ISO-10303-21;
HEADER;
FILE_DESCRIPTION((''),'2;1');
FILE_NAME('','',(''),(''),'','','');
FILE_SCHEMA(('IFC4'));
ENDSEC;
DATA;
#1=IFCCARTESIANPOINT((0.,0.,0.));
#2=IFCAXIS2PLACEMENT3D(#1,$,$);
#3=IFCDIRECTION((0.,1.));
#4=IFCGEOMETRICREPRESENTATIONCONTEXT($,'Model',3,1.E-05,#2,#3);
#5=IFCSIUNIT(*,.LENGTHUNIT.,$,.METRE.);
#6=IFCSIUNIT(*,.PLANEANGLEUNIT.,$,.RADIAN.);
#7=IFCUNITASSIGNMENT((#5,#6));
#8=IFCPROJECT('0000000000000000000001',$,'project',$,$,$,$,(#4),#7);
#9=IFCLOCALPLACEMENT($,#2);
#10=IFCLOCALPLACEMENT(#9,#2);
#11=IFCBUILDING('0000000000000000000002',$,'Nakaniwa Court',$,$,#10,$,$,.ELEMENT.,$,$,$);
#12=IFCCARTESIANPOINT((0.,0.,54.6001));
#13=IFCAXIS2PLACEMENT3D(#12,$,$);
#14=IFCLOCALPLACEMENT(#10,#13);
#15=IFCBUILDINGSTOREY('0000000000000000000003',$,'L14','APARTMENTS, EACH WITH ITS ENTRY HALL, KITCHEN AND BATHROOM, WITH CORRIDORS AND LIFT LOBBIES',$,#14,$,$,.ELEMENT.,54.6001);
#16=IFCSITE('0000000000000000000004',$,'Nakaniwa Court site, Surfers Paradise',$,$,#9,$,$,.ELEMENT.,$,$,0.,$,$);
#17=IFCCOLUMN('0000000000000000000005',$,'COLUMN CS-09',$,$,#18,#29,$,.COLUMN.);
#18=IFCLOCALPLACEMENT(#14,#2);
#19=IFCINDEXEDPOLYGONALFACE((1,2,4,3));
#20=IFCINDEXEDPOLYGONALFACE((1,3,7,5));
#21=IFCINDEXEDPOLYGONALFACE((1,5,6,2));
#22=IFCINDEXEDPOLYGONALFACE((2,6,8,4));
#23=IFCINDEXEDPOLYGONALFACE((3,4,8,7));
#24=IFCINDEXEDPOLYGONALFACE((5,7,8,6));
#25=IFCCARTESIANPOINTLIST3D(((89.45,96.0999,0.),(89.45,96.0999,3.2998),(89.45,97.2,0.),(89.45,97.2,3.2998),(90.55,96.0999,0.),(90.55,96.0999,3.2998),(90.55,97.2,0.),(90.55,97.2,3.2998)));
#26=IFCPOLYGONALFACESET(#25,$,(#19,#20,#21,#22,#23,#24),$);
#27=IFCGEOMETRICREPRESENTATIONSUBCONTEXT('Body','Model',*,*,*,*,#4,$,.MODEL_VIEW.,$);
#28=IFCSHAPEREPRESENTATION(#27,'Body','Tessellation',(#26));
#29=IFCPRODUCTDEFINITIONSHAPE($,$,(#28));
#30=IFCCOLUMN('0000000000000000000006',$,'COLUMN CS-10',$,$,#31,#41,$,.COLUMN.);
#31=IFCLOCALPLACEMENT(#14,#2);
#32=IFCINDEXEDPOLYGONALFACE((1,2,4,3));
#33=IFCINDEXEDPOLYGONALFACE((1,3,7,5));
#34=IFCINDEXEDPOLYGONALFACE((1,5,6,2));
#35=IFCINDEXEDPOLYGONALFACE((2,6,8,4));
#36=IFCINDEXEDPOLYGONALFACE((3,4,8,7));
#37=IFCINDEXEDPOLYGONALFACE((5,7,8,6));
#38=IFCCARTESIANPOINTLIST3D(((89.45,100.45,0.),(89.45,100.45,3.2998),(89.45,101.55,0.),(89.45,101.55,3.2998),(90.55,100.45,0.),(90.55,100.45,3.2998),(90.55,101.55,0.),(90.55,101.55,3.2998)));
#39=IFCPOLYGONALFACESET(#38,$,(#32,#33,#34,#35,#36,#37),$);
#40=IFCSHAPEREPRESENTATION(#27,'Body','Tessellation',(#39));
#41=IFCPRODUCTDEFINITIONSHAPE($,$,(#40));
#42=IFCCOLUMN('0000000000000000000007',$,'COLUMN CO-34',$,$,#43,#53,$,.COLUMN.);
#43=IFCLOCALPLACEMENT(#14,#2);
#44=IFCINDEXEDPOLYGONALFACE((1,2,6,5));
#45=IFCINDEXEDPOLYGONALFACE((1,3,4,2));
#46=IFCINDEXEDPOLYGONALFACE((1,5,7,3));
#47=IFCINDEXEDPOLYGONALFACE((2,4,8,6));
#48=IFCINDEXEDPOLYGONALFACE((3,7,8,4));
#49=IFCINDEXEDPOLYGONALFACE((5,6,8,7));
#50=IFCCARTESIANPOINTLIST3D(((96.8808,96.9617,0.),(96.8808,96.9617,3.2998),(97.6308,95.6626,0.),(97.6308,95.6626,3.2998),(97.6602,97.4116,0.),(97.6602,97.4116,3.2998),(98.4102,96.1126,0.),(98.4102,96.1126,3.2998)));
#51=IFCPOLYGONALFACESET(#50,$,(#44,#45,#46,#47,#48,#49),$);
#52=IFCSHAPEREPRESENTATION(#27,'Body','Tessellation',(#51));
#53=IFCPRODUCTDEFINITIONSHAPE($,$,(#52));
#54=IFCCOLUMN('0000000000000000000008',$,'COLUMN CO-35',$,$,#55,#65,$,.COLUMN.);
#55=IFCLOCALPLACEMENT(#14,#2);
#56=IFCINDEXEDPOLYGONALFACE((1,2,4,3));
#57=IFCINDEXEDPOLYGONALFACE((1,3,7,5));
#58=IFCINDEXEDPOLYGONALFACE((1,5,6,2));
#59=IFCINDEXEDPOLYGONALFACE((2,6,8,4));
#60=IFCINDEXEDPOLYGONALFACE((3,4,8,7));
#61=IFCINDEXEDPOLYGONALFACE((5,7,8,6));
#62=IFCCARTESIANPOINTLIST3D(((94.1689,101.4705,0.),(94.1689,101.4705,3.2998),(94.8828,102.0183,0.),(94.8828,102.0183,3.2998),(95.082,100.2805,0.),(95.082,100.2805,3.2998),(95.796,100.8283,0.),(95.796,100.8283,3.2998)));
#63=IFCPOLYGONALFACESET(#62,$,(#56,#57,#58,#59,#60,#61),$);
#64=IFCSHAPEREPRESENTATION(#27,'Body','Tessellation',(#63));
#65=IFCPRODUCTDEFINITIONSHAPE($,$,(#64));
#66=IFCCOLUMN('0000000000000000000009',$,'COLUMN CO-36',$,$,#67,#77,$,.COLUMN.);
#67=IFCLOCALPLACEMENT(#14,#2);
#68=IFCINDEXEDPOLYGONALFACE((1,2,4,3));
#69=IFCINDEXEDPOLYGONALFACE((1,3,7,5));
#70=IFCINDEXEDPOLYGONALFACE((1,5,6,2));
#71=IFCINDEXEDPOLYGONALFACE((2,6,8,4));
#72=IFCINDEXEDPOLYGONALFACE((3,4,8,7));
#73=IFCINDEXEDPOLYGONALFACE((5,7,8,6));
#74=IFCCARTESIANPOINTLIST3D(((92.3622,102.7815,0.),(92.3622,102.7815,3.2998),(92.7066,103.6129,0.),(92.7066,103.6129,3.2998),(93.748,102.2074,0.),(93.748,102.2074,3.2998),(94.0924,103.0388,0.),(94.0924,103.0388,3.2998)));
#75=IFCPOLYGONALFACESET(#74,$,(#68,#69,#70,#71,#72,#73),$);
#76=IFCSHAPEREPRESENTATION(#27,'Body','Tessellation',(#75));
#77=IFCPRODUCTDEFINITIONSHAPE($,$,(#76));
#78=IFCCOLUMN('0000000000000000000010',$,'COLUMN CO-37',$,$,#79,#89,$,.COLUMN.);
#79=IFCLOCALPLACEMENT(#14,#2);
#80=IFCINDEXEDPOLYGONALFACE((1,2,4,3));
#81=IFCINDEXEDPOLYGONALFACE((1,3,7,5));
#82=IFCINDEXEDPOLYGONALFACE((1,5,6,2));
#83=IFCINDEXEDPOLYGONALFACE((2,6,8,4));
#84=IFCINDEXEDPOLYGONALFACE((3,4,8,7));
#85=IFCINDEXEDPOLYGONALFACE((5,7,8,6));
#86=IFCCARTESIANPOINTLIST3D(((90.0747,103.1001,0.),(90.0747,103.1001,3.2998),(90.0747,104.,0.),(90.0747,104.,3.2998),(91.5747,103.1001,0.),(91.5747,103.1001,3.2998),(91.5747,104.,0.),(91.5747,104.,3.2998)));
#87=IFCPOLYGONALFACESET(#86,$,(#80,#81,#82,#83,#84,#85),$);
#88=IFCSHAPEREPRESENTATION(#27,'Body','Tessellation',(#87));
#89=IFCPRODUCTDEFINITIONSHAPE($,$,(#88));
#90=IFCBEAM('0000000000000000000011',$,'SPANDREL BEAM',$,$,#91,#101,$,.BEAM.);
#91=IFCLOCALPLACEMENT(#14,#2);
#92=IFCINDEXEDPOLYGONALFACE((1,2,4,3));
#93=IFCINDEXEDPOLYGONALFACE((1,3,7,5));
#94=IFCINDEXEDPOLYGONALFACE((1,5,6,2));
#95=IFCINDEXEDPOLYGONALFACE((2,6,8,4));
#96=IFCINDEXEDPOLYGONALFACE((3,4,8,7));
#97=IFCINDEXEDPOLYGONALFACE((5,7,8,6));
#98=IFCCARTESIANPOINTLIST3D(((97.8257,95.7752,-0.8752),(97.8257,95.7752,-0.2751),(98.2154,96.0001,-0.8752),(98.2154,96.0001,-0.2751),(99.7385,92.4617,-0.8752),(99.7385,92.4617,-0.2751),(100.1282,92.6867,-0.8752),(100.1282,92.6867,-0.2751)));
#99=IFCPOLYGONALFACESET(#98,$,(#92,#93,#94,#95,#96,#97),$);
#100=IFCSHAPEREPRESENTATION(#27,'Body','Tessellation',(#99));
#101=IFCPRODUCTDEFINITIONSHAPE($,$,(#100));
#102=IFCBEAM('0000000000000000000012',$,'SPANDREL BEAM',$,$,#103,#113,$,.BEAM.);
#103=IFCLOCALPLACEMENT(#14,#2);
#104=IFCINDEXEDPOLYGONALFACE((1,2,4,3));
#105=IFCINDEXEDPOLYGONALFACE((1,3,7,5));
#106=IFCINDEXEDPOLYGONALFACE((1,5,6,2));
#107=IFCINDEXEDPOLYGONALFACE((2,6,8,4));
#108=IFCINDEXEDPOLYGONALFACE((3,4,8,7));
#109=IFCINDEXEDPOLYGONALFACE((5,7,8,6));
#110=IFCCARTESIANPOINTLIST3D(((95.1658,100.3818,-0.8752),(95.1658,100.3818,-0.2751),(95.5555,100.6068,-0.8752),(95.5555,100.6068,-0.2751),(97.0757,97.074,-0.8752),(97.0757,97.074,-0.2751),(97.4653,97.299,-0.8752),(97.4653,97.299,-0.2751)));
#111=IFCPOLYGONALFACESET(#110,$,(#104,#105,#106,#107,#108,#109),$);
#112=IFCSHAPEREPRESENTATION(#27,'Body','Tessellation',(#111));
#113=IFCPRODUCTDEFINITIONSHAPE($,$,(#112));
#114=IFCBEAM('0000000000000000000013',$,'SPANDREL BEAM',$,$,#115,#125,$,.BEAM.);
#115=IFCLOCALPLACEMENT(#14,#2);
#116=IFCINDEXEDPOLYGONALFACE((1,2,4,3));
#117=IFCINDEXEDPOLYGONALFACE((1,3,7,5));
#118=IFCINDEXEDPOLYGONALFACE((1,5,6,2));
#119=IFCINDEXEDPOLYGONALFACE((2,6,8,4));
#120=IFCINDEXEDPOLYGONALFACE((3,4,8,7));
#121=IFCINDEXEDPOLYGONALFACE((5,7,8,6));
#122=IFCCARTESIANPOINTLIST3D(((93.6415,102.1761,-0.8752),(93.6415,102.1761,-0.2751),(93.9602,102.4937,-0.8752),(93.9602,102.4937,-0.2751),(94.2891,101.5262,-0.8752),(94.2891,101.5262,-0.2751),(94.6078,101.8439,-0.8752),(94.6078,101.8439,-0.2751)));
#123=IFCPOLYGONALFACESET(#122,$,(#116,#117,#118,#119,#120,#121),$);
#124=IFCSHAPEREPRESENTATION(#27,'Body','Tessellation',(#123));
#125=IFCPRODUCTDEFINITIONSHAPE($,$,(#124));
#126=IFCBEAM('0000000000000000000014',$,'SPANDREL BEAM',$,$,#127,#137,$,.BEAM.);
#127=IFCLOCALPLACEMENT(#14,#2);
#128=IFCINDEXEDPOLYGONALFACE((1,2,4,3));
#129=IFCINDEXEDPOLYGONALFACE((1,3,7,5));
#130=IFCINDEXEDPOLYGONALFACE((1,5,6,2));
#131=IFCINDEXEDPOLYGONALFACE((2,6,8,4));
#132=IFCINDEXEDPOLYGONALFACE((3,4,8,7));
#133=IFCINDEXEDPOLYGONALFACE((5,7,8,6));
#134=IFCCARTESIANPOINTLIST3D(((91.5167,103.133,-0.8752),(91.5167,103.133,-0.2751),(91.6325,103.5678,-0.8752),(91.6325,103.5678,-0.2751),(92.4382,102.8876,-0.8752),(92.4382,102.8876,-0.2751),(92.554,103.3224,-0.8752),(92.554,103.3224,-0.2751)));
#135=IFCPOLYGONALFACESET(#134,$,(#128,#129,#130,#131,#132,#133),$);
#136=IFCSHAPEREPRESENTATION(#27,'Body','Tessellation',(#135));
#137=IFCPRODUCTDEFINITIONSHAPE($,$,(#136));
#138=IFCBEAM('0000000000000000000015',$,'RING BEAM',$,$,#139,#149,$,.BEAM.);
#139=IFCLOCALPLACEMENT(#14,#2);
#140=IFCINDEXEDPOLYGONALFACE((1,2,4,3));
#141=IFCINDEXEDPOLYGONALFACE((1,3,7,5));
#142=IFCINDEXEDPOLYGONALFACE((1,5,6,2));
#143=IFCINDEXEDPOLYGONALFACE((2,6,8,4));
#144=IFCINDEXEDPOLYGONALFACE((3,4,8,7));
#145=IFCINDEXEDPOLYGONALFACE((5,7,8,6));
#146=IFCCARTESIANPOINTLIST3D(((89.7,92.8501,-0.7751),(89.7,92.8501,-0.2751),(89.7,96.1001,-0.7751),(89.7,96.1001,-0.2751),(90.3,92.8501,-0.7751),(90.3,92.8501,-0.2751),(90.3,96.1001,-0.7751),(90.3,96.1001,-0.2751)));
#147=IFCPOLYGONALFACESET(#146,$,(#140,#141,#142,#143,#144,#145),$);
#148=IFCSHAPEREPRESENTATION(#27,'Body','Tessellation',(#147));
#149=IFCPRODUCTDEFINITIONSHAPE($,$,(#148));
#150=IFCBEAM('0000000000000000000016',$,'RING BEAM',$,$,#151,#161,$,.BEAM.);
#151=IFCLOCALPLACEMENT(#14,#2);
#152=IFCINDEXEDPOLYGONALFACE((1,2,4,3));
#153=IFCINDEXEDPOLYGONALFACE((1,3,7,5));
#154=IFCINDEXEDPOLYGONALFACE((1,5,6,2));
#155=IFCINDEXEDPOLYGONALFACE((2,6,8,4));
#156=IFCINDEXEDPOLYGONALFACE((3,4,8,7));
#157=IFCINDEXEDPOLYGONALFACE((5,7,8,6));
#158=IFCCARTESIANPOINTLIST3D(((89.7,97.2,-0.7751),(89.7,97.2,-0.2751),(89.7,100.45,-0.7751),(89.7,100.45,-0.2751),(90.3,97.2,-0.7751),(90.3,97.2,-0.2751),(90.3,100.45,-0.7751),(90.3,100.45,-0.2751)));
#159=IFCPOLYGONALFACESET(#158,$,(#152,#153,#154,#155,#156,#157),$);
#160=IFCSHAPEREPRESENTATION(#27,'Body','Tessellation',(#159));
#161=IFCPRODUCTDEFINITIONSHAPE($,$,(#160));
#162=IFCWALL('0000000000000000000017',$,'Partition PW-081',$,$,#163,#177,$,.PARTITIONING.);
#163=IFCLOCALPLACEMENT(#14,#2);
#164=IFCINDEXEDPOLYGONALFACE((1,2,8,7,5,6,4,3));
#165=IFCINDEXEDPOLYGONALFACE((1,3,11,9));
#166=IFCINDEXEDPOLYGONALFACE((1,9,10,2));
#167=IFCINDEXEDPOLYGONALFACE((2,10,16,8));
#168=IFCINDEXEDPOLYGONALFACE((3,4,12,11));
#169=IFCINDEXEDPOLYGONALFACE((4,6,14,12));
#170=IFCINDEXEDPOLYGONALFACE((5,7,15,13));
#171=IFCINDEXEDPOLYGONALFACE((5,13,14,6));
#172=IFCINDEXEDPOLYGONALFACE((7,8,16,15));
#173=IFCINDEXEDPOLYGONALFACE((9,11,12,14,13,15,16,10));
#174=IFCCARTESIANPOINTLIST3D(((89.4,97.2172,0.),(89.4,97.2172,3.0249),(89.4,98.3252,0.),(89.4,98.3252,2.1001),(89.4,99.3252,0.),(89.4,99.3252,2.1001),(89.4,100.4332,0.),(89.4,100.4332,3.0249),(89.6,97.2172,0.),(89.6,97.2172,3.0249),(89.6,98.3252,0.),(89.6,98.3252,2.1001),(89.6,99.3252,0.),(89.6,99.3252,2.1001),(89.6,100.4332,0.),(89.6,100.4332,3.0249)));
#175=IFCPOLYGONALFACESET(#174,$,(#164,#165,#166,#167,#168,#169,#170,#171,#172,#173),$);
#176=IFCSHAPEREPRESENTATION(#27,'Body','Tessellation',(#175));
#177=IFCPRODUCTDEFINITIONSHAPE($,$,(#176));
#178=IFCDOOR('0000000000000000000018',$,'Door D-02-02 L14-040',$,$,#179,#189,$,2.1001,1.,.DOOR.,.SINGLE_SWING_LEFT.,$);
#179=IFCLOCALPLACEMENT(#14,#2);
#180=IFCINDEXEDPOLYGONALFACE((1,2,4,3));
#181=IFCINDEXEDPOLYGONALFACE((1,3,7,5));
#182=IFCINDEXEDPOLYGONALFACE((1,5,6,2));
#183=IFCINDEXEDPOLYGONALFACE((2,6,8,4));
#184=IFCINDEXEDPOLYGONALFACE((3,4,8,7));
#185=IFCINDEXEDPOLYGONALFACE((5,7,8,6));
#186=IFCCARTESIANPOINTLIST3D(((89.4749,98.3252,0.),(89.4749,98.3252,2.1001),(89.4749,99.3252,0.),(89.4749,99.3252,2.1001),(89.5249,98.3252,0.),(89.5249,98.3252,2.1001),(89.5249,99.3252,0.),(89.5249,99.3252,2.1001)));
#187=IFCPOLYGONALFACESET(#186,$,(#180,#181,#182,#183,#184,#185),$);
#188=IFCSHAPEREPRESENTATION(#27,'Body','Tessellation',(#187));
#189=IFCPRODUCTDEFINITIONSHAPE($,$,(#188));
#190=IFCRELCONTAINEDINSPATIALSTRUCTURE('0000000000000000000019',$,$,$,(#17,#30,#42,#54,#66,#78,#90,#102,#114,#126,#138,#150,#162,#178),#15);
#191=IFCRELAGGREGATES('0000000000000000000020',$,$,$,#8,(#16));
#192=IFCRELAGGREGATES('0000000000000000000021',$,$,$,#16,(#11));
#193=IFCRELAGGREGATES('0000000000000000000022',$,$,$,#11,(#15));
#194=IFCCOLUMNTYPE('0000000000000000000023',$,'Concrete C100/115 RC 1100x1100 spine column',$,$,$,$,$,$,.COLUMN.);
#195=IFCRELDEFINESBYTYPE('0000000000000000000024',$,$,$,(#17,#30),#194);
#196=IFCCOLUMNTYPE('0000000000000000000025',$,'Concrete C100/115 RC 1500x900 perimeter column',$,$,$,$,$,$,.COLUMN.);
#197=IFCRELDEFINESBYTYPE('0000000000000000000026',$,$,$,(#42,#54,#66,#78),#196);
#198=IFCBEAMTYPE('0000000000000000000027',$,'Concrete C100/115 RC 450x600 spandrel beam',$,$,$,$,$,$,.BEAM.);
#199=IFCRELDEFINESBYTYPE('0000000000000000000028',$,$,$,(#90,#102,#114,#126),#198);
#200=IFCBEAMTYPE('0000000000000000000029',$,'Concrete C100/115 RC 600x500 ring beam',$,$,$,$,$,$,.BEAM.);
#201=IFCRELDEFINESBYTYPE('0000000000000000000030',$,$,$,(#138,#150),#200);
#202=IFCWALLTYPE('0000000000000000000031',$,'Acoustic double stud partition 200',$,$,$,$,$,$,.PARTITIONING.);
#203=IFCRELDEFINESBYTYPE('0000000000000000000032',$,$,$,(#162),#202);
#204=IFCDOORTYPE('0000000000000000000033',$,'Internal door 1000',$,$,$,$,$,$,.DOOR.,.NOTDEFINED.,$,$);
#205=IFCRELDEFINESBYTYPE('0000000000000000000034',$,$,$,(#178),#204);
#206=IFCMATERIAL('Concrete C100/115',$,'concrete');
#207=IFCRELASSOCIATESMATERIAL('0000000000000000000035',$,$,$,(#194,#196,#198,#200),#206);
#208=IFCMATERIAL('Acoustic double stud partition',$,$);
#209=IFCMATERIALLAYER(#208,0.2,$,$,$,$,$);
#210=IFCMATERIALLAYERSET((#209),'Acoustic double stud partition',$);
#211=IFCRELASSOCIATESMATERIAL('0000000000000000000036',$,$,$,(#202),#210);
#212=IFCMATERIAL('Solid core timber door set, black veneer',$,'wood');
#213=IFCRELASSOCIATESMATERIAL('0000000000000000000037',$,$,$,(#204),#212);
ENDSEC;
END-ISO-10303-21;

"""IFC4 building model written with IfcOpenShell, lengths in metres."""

from ifc_helpers import new_model, si_unit, direction, frame, frame_2d, origin, origin_2d, place, context, subcontext, project, spatial, rectangle, extrude, material, layer, layer_set, material_profile, profile_set, type_object, element, fill, save


model = new_model("IFC4")

# Units and contexts
model_context = context("Model", 3, precision=1e-05, world=origin(), true_north=direction((0.0, 1.0)))
body_context = subcontext(model_context, "Body", "Model", "MODEL_VIEW")
ifc_project = project(units=[si_unit("LENGTHUNIT", "METRE"), si_unit("PLANEANGLEUNIT", "RADIAN")], contexts=[model_context])

# Site, building, storey
site_placement = place(None, origin())
site = spatial("IfcSite", under=ifc_project, at=site_placement, Name="Nakaniwa Court site, Surfers Paradise", CompositionType="ELEMENT", RefElevation=0.0)
building_placement = place(site_placement, origin())
building = spatial("IfcBuilding", under=site, at=building_placement, Name="Nakaniwa Court", CompositionType="ELEMENT")
storey_placement = place(building_placement, frame((0.0, 0.0, 54.6001)))
storey = spatial("IfcBuildingStorey", under=building, at=storey_placement, Name="L14", Description="APARTMENTS, EACH WITH ITS ENTRY HALL, KITCHEN AND BATHROOM, WITH CORRIDORS AND LIFT LOBBIES", CompositionType="ELEMENT", Elevation=54.6001)

# Columns
ifc_material_1 = material(Name="Concrete C100/115", Category="concrete")
ifc_material_profile_1 = material_profile(ifc_material_1, rectangle(XDim=1.1001, YDim=1.1001, at=origin_2d()), Name="Concrete C100/115 RC 1100x1100 spine column")
ifc_profile_set_1 = profile_set([ifc_material_profile_1], Name="Concrete C100/115")
column_type_1 = type_object("IfcColumnType", Name="Concrete C100/115 RC 1100x1100 spine column", PredefinedType="COLUMN", material=ifc_profile_set_1)
for number, where, z_axis, x_axis, name in (
    (1, (90.0, 96.6499, 0.0), (0.0, 0.0, 1.0), (0.0, 1.0, 0.0), "COLUMN CS-09"),
    (2, (90.0, 101.0, 0.0), (0.0, 0.0, 1.0), (0.0, 1.0, 0.0), "COLUMN CS-10"),
):
    element("IfcColumn", number, at=place(storey_placement, frame(where, z_axis=z_axis, x_axis=x_axis)), inside=storey, type_object=column_type_1, Name=name, PredefinedType="COLUMN", context=body_context, shape_type="SweptSolid", body=[
        extrude(rectangle(XDim=1.1001, YDim=1.1001, at=origin_2d()), origin(), (0.0, 0.0, 1.0), 3.2998),
    ])
ifc_material_profile_2 = material_profile(ifc_material_1, rectangle(XDim=1.5, YDim=0.8999, at=origin_2d()), Name="Concrete C100/115 RC 1500x900 perimeter column")
ifc_profile_set_2 = profile_set([ifc_material_profile_2], Name="Concrete C100/115")
column_type_2 = type_object("IfcColumnType", Name="Concrete C100/115 RC 1500x900 perimeter column", PredefinedType="COLUMN", material=ifc_profile_set_2)
for number, where, z_axis, x_axis, name in (
    (3, (97.6455, 96.5371, 0.0), (0.0, 0.0, 1.0), (-0.5, 0.866025, 0.0), "COLUMN CO-34"),
    (4, (94.9824, 101.1494, 0.0), (0.0, 0.0, 1.0), (-0.608761, 0.793353, 0.0), "COLUMN CO-35"),
    (5, (93.2273, 102.9102, 0.0), (0.0, 0.0, 1.0), (-0.92388, 0.382683, 0.0), "COLUMN CO-36"),
    (6, (90.8247, 103.55, 0.0), (0.0, 0.0, 1.0), (-1.0, 0.0, 0.0), "COLUMN CO-37"),
):
    element("IfcColumn", number, at=place(storey_placement, frame(where, z_axis=z_axis, x_axis=x_axis)), inside=storey, type_object=column_type_2, Name=name, PredefinedType="COLUMN", context=body_context, shape_type="SweptSolid", body=[
        extrude(rectangle(XDim=1.5, YDim=0.8999, at=origin_2d()), origin(), (0.0, 0.0, 1.0), 3.2998),
    ])

# Beams
ifc_material_profile_3 = material_profile(ifc_material_1, rectangle(XDim=0.45, YDim=0.6001, at=origin_2d()), Name="Concrete C100/115 RC 450x600 spandrel beam")
ifc_profile_set_3 = profile_set([ifc_material_profile_3], Name="Concrete C100/115")
beam_type_1 = type_object("IfcBeamType", Name="Concrete C100/115 RC 450x600 spandrel beam", PredefinedType="BEAM", material=ifc_profile_set_3)
beam_1_placement = place(storey_placement, frame((99.9333, 92.5742, -0.5752), z_axis=(-0.499962, 0.866047, 0.0), x_axis=(-0.866047, -0.499962, 0.0)))
element("IfcBeam", 7, at=beam_1_placement, inside=storey, type_object=beam_type_1, Name="SPANDREL BEAM", PredefinedType="BEAM", context=body_context, shape_type="SweptSolid", body=[
    extrude(rectangle(XDim=0.45, YDim=0.6001, at=origin_2d()), origin(), (0.0, 0.0, 1.0), 3.8259),
])
beam_2_placement = place(storey_placement, frame((97.2705, 97.1865, -0.5752), z_axis=(-0.500023, 0.866012, 0.0), x_axis=(-0.866012, -0.500023, 0.0)))
element("IfcBeam", 8, at=beam_2_placement, inside=storey, type_object=beam_type_1, Name="SPANDREL BEAM", PredefinedType="BEAM", context=body_context, shape_type="SweptSolid", body=[
    extrude(rectangle(XDim=0.45, YDim=0.6001, at=origin_2d()), origin(), (0.0, 0.0, 1.0), 3.8196),
])
beam_3_placement = place(storey_placement, frame((94.4485, 101.6851, -0.5752), z_axis=(-0.705908, 0.708303, 0.0), x_axis=(-0.708303, -0.705908, 0.0)))
element("IfcBeam", 9, at=beam_3_placement, inside=storey, type_object=beam_type_1, Name="SPANDREL BEAM", PredefinedType="BEAM", context=body_context, shape_type="SweptSolid", body=[
    extrude(rectangle(XDim=0.45, YDim=0.6001, at=origin_2d()), origin(), (0.0, 0.0, 1.0), 0.9175),
])
beam_4_placement = place(storey_placement, frame((92.4961, 103.105, -0.5752), z_axis=(-0.966324, 0.257328, 0.0), x_axis=(-0.257328, -0.966324, 0.0)))
element("IfcBeam", 10, at=beam_4_placement, inside=storey, type_object=beam_type_1, Name="SPANDREL BEAM", PredefinedType="BEAM", context=body_context, shape_type="SweptSolid", body=[
    extrude(rectangle(XDim=0.45, YDim=0.6001, at=origin_2d()), origin(), (0.0, 0.0, 1.0), 0.9536),
])
ifc_material_profile_4 = material_profile(ifc_material_1, rectangle(XDim=0.6001, YDim=0.5, at=origin_2d()), Name="Concrete C100/115 RC 600x500 ring beam")
ifc_profile_set_4 = profile_set([ifc_material_profile_4], Name="Concrete C100/115")
beam_type_2 = type_object("IfcBeamType", Name="Concrete C100/115 RC 600x500 ring beam", PredefinedType="BEAM", material=ifc_profile_set_4)
for number, where, z_axis, x_axis, name in (
    (11, (90.0, 92.8501, -0.5251), (0.0, 1.0, 0.0), (-1.0, 0.0, 0.0), "RING BEAM"),
    (12, (90.0, 97.2, -0.5251), (0.0, 1.0, 0.0), (-1.0, 0.0, 0.0), "RING BEAM"),
):
    element("IfcBeam", number, at=place(storey_placement, frame(where, z_axis=z_axis, x_axis=x_axis)), inside=storey, type_object=beam_type_2, Name=name, PredefinedType="BEAM", context=body_context, shape_type="SweptSolid", body=[
        extrude(rectangle(XDim=0.6001, YDim=0.5, at=origin_2d()), origin(), (0.0, 0.0, 1.0), 3.25),
    ])

# Wall, opening, door
ifc_material_2 = material(Name="Acoustic double stud partition")
ifc_layer_1 = layer(ifc_material_2, 0.2)
ifc_layer_set_1 = layer_set([ifc_layer_1], Name="Acoustic double stud partition")
wall_type_1 = type_object("IfcWallType", Name="Acoustic double stud partition 200", PredefinedType="PARTITIONING", material=ifc_layer_set_1)
wall_1_placement = place(storey_placement, frame((89.5, 100.4331, 0.0), z_axis=(0.0, 0.0, 1.0), x_axis=(0.0, -1.0, 0.0)))
wall_1 = element("IfcWall", 13, at=wall_1_placement, inside=storey, type_object=wall_type_1, Name="Partition PW-081", PredefinedType="PARTITIONING", context=body_context, shape_type="SweptSolid", body=[
    extrude(rectangle(XDim=3.2161, YDim=0.2, at=frame_2d((1.6079, 0.0))), origin(), (0.0, 0.0, 1.0), 3.0249),
])
opening_1_placement = place(wall_1_placement, frame((1.1079, 0.0, 0.0)))
opening_1 = element("IfcOpeningElement", 14, at=opening_1_placement, cuts=wall_1, PredefinedType="OPENING", context=body_context, shape_type="SweptSolid", body=[
    extrude(rectangle(XDim=1.0, YDim=2.1001, at=frame_2d((0.5, 1.05))), frame((0.0, 0.1099, 0.0), z_axis=(0.0, -1.0, 0.0), x_axis=(1.0, 0.0, 0.0)), (0.0, 0.0, 1.0), 0.22),
])
ifc_material_3 = material(Name="Solid core timber door set, black veneer", Category="wood")
door_type = type_object("IfcDoorType", Name="Internal door 1000", OperationType="NOTDEFINED", PredefinedType="DOOR", material=ifc_material_3)
door_placement = place(opening_1_placement, origin())
door = element("IfcDoor", 15, at=door_placement, inside=storey, type_object=door_type, Name="Door D-02-02 L14-040", OperationType="SINGLE_SWING_LEFT", OverallHeight=2.1001, OverallWidth=1.0, PredefinedType="DOOR", context=body_context, shape_type="SweptSolid", body=[
    extrude(rectangle(XDim=1.0, YDim=2.1001, at=frame_2d((0.5, 1.05))), frame((0.0, 0.0249, 0.0), z_axis=(0.0, -1.0, 0.0), x_axis=(1.0, 0.0, 0.0)), (0.0, 0.0, 1.0), 0.05),
])
fill(opening_1, door)

save(model, "model.ifc")
